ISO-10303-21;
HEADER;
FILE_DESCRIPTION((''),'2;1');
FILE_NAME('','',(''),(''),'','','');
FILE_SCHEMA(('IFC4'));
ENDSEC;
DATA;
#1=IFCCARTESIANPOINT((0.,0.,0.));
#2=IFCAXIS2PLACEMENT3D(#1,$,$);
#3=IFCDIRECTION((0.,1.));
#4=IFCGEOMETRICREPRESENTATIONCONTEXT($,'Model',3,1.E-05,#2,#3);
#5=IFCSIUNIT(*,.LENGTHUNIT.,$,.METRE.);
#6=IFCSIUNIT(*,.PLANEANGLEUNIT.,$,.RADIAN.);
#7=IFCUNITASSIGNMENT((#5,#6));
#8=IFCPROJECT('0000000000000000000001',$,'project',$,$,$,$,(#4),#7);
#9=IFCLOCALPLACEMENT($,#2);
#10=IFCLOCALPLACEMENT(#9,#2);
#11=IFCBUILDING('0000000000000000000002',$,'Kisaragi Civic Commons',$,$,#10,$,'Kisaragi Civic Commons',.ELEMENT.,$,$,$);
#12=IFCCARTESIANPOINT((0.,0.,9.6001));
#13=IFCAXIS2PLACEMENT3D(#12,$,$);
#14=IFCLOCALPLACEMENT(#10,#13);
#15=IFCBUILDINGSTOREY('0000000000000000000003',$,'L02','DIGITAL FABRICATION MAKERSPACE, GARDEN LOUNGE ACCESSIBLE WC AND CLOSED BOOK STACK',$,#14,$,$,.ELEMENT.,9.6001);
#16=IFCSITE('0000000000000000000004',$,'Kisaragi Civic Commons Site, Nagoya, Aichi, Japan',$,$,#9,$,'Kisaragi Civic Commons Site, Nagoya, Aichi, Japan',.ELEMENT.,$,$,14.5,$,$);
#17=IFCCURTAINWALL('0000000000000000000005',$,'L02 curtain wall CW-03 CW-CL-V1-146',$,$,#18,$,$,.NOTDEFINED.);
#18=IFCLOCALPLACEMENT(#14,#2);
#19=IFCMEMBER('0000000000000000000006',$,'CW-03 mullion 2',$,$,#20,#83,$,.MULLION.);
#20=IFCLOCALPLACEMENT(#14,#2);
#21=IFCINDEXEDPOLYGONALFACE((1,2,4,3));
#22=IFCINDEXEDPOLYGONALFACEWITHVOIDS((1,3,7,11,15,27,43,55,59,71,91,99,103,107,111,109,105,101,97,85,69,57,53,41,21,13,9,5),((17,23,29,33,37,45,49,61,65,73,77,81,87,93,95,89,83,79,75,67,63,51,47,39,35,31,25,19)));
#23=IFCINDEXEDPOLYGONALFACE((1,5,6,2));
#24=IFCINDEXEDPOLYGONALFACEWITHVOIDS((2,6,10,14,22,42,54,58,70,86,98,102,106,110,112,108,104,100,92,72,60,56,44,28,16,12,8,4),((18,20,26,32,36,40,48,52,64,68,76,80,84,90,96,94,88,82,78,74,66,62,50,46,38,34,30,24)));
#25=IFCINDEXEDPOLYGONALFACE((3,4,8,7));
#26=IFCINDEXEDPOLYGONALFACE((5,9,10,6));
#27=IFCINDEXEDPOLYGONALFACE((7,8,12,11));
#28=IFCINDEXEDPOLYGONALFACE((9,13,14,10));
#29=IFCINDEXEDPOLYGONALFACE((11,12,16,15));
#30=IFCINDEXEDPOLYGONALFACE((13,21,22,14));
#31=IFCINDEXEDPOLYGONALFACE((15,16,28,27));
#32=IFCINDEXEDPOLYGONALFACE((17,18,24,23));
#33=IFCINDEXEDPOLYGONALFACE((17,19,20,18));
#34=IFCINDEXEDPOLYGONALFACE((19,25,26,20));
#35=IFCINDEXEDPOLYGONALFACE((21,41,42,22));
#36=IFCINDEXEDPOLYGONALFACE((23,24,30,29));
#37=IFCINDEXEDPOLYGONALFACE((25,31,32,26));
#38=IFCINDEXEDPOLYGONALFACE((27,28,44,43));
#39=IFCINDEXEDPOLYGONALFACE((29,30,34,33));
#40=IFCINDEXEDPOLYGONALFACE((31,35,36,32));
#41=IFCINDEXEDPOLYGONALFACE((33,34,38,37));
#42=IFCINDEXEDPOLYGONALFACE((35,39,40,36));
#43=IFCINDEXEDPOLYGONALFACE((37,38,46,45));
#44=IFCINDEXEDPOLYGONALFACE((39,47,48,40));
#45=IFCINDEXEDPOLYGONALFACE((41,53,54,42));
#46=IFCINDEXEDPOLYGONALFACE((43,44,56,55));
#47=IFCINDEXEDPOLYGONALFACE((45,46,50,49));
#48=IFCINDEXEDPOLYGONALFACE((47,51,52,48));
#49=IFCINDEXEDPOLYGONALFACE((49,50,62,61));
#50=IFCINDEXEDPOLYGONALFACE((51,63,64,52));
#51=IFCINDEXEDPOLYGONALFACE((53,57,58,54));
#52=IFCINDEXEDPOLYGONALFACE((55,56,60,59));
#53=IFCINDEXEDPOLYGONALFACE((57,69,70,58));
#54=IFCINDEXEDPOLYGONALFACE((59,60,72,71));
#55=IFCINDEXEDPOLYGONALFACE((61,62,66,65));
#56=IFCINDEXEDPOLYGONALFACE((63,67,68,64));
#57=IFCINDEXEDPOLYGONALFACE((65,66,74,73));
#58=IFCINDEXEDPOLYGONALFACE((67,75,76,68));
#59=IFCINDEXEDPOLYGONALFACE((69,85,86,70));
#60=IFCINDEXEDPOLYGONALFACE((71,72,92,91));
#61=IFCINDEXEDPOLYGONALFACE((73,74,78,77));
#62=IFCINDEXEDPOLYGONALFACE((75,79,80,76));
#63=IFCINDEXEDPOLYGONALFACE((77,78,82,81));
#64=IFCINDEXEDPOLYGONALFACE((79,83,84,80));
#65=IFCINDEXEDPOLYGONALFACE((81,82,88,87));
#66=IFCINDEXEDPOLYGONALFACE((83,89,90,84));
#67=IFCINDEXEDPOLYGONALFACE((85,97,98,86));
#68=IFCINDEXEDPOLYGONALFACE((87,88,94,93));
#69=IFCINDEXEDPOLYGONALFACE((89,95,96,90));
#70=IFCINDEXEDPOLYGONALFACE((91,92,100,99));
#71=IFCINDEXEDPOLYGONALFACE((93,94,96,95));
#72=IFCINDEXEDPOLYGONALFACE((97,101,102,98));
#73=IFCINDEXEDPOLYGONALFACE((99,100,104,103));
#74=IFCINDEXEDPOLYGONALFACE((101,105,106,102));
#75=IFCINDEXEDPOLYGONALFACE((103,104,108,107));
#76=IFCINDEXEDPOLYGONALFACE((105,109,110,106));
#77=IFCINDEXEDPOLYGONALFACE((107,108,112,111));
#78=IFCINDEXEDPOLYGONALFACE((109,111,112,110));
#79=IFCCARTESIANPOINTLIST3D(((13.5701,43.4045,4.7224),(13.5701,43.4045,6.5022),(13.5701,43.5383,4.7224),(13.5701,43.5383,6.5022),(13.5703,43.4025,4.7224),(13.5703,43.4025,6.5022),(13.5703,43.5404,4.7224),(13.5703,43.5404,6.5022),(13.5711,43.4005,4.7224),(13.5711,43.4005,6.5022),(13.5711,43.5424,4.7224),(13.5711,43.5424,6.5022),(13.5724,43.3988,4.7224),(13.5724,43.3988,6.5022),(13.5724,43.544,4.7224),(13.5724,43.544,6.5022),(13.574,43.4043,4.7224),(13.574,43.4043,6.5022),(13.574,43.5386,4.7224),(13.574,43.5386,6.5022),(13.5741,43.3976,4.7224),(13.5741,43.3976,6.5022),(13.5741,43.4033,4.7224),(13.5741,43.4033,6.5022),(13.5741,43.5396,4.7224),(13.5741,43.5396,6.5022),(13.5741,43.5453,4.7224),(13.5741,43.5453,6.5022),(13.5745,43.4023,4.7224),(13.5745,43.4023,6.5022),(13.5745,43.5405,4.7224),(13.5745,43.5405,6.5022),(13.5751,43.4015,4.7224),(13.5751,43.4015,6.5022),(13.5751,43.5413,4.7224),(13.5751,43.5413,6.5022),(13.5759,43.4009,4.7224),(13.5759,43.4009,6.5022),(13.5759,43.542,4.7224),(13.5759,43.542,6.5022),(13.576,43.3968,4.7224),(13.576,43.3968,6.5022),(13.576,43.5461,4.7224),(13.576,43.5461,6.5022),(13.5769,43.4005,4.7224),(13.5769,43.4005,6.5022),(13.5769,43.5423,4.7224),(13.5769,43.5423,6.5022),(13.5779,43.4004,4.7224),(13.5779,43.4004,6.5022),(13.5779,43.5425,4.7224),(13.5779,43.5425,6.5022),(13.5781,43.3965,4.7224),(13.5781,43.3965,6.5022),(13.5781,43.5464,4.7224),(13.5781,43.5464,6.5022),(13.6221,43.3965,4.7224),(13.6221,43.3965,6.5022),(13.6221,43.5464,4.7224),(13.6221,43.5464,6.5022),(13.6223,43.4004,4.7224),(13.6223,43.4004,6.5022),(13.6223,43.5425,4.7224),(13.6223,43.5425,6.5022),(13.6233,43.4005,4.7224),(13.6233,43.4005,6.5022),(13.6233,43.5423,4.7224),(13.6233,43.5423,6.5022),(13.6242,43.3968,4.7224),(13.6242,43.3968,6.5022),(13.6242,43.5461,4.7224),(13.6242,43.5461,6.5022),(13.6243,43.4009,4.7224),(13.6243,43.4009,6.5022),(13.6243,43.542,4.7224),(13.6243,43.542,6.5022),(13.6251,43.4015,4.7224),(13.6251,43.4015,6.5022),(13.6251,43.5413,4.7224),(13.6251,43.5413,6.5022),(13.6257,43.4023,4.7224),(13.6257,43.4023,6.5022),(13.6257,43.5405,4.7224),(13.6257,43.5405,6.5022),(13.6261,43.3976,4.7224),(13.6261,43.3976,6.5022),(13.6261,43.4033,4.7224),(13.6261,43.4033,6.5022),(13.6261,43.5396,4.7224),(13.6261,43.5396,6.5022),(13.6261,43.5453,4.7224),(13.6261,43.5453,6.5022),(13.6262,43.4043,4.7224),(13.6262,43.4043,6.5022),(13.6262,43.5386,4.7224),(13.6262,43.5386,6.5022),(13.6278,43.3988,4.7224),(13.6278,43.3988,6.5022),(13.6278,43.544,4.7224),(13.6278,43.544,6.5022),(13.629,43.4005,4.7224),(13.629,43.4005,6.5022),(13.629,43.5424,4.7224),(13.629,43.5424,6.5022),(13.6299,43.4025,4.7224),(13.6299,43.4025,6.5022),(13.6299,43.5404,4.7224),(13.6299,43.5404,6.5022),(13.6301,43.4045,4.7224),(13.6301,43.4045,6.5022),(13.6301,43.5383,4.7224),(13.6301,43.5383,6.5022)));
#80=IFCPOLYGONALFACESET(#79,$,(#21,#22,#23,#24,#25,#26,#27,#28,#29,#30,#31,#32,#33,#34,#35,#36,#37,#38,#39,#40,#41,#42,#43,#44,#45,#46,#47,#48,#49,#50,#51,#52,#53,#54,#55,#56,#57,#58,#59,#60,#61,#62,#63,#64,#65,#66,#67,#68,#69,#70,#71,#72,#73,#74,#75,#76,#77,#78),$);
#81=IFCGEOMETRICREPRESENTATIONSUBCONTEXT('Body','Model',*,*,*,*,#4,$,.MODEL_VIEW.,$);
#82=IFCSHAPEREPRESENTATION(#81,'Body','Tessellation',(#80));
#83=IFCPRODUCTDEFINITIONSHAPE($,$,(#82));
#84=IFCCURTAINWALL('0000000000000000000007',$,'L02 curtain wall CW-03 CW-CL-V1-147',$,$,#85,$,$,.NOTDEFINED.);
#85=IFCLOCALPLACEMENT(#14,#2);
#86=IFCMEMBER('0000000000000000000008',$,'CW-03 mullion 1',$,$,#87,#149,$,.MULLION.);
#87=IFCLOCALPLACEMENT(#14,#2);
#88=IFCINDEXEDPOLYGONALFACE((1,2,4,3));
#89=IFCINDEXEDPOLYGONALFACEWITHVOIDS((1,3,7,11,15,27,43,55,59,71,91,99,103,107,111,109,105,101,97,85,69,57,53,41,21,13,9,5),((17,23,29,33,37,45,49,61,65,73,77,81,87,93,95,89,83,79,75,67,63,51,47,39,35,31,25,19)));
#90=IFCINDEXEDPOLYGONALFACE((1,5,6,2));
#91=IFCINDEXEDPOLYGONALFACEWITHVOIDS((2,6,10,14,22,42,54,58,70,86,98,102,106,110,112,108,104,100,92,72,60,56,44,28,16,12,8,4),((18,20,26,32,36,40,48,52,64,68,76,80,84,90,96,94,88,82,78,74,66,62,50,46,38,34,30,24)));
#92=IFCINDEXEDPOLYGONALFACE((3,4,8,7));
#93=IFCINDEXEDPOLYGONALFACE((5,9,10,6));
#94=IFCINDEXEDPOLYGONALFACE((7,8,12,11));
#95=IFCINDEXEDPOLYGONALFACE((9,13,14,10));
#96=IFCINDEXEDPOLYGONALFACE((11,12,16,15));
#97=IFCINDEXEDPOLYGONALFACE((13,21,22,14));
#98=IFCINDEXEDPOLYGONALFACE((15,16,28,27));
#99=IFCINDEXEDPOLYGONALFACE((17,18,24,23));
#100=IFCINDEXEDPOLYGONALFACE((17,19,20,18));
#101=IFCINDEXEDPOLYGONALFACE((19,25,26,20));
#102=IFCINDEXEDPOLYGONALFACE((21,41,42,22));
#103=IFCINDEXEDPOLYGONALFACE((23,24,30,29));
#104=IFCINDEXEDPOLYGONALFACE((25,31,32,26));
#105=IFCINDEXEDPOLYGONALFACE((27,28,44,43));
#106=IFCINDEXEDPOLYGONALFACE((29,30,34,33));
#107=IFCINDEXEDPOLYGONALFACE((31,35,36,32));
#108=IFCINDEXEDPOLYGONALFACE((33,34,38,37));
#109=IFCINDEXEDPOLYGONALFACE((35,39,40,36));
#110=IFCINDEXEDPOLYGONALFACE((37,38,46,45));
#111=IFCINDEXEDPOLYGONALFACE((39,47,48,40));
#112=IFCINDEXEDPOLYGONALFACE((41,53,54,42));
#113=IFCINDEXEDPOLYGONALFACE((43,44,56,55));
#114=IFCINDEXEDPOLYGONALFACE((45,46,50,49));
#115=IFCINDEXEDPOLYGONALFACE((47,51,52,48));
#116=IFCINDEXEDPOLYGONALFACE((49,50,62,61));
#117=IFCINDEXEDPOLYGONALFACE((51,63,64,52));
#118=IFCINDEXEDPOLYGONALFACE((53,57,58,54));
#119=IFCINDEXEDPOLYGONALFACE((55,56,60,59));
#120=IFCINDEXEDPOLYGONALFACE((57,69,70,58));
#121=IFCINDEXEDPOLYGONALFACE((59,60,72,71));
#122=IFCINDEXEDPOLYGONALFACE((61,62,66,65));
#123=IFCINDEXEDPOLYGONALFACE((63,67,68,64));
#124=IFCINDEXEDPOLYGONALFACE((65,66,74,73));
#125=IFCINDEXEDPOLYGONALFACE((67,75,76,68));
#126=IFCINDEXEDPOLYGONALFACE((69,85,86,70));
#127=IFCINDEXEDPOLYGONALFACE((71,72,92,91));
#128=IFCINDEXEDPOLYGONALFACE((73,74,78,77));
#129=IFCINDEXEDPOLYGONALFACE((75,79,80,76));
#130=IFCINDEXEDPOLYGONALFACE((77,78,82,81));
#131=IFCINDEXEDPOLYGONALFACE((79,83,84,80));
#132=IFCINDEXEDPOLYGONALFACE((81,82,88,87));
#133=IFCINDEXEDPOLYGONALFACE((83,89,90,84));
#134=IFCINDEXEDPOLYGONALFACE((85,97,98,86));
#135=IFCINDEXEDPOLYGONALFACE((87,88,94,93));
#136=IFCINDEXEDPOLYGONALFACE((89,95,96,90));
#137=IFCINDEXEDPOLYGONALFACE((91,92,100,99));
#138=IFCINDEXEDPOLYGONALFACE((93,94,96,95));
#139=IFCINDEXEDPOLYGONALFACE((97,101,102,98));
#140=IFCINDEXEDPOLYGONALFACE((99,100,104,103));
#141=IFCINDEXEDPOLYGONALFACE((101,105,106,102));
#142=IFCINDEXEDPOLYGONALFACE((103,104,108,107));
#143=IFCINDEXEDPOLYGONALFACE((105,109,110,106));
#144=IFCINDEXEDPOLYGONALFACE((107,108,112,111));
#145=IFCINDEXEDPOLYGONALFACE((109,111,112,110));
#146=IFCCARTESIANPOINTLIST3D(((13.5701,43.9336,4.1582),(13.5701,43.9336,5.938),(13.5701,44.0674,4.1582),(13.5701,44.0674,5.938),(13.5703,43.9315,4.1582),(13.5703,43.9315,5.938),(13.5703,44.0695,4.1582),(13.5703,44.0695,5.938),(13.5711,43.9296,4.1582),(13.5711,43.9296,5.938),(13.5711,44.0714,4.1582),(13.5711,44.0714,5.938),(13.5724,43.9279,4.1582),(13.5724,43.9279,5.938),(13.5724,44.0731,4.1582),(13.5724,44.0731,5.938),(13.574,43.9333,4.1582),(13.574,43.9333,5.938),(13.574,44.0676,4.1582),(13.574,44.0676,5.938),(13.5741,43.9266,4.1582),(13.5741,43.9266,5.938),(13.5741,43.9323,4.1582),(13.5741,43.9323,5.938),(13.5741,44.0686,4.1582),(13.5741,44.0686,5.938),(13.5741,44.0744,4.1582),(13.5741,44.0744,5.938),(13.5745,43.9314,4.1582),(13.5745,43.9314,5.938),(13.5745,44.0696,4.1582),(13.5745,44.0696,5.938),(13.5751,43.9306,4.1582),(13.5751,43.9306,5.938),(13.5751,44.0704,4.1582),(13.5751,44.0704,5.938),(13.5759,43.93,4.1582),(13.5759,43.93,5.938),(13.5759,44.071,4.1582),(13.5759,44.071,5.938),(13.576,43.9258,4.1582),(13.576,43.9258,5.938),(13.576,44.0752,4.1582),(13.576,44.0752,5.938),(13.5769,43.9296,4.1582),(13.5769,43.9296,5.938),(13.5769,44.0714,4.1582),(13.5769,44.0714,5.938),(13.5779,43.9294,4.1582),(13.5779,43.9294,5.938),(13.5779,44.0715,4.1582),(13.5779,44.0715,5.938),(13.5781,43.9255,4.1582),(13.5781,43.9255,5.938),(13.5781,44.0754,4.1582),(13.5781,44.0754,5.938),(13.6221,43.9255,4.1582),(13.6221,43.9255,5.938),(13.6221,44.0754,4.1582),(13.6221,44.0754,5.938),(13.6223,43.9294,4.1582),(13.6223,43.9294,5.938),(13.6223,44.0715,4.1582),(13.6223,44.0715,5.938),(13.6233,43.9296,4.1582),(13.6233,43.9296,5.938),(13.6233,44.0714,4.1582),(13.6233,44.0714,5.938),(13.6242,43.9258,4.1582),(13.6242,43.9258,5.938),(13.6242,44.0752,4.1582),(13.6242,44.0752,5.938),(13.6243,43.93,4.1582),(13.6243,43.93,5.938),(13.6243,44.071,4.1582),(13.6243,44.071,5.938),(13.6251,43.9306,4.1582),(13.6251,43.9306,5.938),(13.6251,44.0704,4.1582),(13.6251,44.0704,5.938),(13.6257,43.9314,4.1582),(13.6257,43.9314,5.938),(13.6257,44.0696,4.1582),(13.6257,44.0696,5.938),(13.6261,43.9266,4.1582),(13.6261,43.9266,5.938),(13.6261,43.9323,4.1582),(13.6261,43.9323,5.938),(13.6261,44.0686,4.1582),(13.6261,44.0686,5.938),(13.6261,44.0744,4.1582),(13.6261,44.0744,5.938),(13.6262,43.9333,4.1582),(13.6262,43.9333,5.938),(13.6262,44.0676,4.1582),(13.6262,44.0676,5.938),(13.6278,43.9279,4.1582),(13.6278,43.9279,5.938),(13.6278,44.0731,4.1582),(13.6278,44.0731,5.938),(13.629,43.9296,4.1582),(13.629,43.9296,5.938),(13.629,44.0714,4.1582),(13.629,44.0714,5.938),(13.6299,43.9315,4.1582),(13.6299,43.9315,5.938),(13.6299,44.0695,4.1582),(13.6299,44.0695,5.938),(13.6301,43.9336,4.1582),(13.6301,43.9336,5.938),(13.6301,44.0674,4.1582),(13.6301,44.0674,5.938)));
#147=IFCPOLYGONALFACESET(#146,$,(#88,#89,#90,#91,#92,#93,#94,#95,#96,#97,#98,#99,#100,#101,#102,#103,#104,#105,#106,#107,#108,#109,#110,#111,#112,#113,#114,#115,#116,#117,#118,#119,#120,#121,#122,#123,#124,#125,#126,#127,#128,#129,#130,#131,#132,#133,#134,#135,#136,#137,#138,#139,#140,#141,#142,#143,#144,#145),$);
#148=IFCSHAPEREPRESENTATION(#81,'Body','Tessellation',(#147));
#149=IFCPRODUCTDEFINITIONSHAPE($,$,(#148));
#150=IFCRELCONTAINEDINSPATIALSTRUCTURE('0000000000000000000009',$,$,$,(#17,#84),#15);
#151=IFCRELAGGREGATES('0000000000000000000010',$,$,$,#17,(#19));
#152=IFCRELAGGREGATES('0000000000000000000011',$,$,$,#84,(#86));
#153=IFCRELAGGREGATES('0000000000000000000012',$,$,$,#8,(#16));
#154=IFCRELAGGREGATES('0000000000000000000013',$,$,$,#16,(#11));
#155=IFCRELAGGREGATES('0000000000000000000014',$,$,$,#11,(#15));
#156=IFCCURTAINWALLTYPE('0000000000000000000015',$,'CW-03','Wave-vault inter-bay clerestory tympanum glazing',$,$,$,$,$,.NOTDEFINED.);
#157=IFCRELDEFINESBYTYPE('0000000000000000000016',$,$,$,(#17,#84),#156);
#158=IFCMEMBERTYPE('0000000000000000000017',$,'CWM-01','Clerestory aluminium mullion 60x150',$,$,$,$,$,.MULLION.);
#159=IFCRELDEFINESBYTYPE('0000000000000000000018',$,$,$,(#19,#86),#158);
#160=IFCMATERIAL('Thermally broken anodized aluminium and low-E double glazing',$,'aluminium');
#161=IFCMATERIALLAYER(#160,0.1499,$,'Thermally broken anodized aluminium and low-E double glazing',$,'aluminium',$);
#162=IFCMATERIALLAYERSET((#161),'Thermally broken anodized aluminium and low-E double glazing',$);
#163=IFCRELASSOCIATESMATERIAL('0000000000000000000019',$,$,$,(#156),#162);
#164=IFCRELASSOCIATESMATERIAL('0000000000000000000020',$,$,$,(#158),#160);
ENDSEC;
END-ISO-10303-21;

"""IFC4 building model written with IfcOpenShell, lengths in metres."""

from ifc_helpers import new_model, si_unit, direction, frame, origin, origin_2d, place, context, subcontext, project, spatial, hollow_rectangle, extrude, material, layer, layer_set, material_profile, profile_set, type_object, element, aggregate, save


model = new_model("IFC4")

# Units and contexts
model_context = context("Model", 3, precision=1e-05, world=origin(), true_north=direction((0.0, 1.0)))
body_context = subcontext(model_context, "Body", "Model", "MODEL_VIEW")
ifc_project = project(units=[si_unit("LENGTHUNIT", "METRE"), si_unit("PLANEANGLEUNIT", "RADIAN")], contexts=[model_context])

# Site, building, storey
site_placement = place(None, origin())
site = spatial("IfcSite", under=ifc_project, at=site_placement, Name="Kisaragi Civic Commons Site, Nagoya, Aichi, Japan", LongName="Kisaragi Civic Commons Site, Nagoya, Aichi, Japan", CompositionType="ELEMENT", RefElevation=14.5)
building_placement = place(site_placement, origin())
building = spatial("IfcBuilding", under=site, at=building_placement, Name="Kisaragi Civic Commons", LongName="Kisaragi Civic Commons", CompositionType="ELEMENT")
storey_placement = place(building_placement, frame((0.0, 0.0, 9.6001)))
storey = spatial("IfcBuildingStorey", under=building, at=storey_placement, Name="L02", Description="DIGITAL FABRICATION MAKERSPACE, GARDEN LOUNGE ACCESSIBLE WC AND CLOSED BOOK STACK", CompositionType="ELEMENT", Elevation=9.6001)

# Shared definitions
ifc_material_1 = material(Name="Thermally broken anodized aluminium and low-E double glazing", Category="aluminium")
ifc_layer_1 = layer(ifc_material_1, 0.1499, Name="Thermally broken anodized aluminium and low-E double glazing", Category="aluminium")
ifc_layer_set_1 = layer_set([ifc_layer_1], Name="Thermally broken anodized aluminium and low-E double glazing")
curtain_wall_type = type_object("IfcCurtainWallType", Name="CW-03", Description="Wave-vault inter-bay clerestory tympanum glazing", PredefinedType="NOTDEFINED", material=ifc_layer_set_1)
ifc_material_profile_1 = material_profile(ifc_material_1, hollow_rectangle(XDim=0.0601, YDim=0.1499, WallThickness=0.0039, InnerFilletRadius=0.0039, OuterFilletRadius=0.0081, at=origin_2d()), Name="CWM-60x150x4", Category="aluminium")
ifc_profile_set_1 = profile_set([ifc_material_profile_1], Name="Thermally broken anodized aluminium and low-E double glazing")
member_type_1 = type_object("IfcMemberType", Name="CWM-01", Description="Clerestory aluminium mullion 60x150", PredefinedType="MULLION", material=ifc_profile_set_1)

# Curtain walls, members
curtain_wall_1_placement = place(storey_placement, origin())
curtain_wall_1 = element("IfcCurtainWall", 1, at=curtain_wall_1_placement, inside=storey, type_object=curtain_wall_type, Name="L02 curtain wall CW-03 CW-CL-V1-146", PredefinedType="NOTDEFINED")
member_1_placement = place(storey_placement, frame((13.6001, 43.4714, 4.7224), z_axis=(0.0, 0.0, 1.0), x_axis=(-1.0, 0.0, 0.0)))
member_1 = element("IfcMember", 2, at=member_1_placement, type_object=member_type_1, Name="CW-03 mullion 2", PredefinedType="MULLION", context=body_context, shape_type="SweptSolid", body=[
    extrude(hollow_rectangle(XDim=0.0601, YDim=0.1499, WallThickness=0.0039, InnerFilletRadius=0.0039, OuterFilletRadius=0.0081, at=origin_2d()), origin(), (0.0, 0.0, 1.0), 1.7798),
])
curtain_wall_2_placement = place(storey_placement, origin())
curtain_wall_2 = element("IfcCurtainWall", 3, at=curtain_wall_2_placement, inside=storey, type_object=curtain_wall_type, Name="L02 curtain wall CW-03 CW-CL-V1-147", PredefinedType="NOTDEFINED")
member_2_placement = place(storey_placement, frame((13.6001, 44.0005, 4.1582), z_axis=(0.0, 0.0, 1.0), x_axis=(-1.0, 0.0, 0.0)))
member_2 = element("IfcMember", 4, at=member_2_placement, type_object=member_type_1, Name="CW-03 mullion 1", PredefinedType="MULLION", context=body_context, shape_type="SweptSolid", body=[
    extrude(hollow_rectangle(XDim=0.0601, YDim=0.1499, WallThickness=0.0039, InnerFilletRadius=0.0039, OuterFilletRadius=0.0081, at=origin_2d()), origin(), (0.0, 0.0, 1.0), 1.7798),
])

aggregate(curtain_wall_1, [member_1])
aggregate(curtain_wall_2, [member_2])

save(model, "model.ifc")
